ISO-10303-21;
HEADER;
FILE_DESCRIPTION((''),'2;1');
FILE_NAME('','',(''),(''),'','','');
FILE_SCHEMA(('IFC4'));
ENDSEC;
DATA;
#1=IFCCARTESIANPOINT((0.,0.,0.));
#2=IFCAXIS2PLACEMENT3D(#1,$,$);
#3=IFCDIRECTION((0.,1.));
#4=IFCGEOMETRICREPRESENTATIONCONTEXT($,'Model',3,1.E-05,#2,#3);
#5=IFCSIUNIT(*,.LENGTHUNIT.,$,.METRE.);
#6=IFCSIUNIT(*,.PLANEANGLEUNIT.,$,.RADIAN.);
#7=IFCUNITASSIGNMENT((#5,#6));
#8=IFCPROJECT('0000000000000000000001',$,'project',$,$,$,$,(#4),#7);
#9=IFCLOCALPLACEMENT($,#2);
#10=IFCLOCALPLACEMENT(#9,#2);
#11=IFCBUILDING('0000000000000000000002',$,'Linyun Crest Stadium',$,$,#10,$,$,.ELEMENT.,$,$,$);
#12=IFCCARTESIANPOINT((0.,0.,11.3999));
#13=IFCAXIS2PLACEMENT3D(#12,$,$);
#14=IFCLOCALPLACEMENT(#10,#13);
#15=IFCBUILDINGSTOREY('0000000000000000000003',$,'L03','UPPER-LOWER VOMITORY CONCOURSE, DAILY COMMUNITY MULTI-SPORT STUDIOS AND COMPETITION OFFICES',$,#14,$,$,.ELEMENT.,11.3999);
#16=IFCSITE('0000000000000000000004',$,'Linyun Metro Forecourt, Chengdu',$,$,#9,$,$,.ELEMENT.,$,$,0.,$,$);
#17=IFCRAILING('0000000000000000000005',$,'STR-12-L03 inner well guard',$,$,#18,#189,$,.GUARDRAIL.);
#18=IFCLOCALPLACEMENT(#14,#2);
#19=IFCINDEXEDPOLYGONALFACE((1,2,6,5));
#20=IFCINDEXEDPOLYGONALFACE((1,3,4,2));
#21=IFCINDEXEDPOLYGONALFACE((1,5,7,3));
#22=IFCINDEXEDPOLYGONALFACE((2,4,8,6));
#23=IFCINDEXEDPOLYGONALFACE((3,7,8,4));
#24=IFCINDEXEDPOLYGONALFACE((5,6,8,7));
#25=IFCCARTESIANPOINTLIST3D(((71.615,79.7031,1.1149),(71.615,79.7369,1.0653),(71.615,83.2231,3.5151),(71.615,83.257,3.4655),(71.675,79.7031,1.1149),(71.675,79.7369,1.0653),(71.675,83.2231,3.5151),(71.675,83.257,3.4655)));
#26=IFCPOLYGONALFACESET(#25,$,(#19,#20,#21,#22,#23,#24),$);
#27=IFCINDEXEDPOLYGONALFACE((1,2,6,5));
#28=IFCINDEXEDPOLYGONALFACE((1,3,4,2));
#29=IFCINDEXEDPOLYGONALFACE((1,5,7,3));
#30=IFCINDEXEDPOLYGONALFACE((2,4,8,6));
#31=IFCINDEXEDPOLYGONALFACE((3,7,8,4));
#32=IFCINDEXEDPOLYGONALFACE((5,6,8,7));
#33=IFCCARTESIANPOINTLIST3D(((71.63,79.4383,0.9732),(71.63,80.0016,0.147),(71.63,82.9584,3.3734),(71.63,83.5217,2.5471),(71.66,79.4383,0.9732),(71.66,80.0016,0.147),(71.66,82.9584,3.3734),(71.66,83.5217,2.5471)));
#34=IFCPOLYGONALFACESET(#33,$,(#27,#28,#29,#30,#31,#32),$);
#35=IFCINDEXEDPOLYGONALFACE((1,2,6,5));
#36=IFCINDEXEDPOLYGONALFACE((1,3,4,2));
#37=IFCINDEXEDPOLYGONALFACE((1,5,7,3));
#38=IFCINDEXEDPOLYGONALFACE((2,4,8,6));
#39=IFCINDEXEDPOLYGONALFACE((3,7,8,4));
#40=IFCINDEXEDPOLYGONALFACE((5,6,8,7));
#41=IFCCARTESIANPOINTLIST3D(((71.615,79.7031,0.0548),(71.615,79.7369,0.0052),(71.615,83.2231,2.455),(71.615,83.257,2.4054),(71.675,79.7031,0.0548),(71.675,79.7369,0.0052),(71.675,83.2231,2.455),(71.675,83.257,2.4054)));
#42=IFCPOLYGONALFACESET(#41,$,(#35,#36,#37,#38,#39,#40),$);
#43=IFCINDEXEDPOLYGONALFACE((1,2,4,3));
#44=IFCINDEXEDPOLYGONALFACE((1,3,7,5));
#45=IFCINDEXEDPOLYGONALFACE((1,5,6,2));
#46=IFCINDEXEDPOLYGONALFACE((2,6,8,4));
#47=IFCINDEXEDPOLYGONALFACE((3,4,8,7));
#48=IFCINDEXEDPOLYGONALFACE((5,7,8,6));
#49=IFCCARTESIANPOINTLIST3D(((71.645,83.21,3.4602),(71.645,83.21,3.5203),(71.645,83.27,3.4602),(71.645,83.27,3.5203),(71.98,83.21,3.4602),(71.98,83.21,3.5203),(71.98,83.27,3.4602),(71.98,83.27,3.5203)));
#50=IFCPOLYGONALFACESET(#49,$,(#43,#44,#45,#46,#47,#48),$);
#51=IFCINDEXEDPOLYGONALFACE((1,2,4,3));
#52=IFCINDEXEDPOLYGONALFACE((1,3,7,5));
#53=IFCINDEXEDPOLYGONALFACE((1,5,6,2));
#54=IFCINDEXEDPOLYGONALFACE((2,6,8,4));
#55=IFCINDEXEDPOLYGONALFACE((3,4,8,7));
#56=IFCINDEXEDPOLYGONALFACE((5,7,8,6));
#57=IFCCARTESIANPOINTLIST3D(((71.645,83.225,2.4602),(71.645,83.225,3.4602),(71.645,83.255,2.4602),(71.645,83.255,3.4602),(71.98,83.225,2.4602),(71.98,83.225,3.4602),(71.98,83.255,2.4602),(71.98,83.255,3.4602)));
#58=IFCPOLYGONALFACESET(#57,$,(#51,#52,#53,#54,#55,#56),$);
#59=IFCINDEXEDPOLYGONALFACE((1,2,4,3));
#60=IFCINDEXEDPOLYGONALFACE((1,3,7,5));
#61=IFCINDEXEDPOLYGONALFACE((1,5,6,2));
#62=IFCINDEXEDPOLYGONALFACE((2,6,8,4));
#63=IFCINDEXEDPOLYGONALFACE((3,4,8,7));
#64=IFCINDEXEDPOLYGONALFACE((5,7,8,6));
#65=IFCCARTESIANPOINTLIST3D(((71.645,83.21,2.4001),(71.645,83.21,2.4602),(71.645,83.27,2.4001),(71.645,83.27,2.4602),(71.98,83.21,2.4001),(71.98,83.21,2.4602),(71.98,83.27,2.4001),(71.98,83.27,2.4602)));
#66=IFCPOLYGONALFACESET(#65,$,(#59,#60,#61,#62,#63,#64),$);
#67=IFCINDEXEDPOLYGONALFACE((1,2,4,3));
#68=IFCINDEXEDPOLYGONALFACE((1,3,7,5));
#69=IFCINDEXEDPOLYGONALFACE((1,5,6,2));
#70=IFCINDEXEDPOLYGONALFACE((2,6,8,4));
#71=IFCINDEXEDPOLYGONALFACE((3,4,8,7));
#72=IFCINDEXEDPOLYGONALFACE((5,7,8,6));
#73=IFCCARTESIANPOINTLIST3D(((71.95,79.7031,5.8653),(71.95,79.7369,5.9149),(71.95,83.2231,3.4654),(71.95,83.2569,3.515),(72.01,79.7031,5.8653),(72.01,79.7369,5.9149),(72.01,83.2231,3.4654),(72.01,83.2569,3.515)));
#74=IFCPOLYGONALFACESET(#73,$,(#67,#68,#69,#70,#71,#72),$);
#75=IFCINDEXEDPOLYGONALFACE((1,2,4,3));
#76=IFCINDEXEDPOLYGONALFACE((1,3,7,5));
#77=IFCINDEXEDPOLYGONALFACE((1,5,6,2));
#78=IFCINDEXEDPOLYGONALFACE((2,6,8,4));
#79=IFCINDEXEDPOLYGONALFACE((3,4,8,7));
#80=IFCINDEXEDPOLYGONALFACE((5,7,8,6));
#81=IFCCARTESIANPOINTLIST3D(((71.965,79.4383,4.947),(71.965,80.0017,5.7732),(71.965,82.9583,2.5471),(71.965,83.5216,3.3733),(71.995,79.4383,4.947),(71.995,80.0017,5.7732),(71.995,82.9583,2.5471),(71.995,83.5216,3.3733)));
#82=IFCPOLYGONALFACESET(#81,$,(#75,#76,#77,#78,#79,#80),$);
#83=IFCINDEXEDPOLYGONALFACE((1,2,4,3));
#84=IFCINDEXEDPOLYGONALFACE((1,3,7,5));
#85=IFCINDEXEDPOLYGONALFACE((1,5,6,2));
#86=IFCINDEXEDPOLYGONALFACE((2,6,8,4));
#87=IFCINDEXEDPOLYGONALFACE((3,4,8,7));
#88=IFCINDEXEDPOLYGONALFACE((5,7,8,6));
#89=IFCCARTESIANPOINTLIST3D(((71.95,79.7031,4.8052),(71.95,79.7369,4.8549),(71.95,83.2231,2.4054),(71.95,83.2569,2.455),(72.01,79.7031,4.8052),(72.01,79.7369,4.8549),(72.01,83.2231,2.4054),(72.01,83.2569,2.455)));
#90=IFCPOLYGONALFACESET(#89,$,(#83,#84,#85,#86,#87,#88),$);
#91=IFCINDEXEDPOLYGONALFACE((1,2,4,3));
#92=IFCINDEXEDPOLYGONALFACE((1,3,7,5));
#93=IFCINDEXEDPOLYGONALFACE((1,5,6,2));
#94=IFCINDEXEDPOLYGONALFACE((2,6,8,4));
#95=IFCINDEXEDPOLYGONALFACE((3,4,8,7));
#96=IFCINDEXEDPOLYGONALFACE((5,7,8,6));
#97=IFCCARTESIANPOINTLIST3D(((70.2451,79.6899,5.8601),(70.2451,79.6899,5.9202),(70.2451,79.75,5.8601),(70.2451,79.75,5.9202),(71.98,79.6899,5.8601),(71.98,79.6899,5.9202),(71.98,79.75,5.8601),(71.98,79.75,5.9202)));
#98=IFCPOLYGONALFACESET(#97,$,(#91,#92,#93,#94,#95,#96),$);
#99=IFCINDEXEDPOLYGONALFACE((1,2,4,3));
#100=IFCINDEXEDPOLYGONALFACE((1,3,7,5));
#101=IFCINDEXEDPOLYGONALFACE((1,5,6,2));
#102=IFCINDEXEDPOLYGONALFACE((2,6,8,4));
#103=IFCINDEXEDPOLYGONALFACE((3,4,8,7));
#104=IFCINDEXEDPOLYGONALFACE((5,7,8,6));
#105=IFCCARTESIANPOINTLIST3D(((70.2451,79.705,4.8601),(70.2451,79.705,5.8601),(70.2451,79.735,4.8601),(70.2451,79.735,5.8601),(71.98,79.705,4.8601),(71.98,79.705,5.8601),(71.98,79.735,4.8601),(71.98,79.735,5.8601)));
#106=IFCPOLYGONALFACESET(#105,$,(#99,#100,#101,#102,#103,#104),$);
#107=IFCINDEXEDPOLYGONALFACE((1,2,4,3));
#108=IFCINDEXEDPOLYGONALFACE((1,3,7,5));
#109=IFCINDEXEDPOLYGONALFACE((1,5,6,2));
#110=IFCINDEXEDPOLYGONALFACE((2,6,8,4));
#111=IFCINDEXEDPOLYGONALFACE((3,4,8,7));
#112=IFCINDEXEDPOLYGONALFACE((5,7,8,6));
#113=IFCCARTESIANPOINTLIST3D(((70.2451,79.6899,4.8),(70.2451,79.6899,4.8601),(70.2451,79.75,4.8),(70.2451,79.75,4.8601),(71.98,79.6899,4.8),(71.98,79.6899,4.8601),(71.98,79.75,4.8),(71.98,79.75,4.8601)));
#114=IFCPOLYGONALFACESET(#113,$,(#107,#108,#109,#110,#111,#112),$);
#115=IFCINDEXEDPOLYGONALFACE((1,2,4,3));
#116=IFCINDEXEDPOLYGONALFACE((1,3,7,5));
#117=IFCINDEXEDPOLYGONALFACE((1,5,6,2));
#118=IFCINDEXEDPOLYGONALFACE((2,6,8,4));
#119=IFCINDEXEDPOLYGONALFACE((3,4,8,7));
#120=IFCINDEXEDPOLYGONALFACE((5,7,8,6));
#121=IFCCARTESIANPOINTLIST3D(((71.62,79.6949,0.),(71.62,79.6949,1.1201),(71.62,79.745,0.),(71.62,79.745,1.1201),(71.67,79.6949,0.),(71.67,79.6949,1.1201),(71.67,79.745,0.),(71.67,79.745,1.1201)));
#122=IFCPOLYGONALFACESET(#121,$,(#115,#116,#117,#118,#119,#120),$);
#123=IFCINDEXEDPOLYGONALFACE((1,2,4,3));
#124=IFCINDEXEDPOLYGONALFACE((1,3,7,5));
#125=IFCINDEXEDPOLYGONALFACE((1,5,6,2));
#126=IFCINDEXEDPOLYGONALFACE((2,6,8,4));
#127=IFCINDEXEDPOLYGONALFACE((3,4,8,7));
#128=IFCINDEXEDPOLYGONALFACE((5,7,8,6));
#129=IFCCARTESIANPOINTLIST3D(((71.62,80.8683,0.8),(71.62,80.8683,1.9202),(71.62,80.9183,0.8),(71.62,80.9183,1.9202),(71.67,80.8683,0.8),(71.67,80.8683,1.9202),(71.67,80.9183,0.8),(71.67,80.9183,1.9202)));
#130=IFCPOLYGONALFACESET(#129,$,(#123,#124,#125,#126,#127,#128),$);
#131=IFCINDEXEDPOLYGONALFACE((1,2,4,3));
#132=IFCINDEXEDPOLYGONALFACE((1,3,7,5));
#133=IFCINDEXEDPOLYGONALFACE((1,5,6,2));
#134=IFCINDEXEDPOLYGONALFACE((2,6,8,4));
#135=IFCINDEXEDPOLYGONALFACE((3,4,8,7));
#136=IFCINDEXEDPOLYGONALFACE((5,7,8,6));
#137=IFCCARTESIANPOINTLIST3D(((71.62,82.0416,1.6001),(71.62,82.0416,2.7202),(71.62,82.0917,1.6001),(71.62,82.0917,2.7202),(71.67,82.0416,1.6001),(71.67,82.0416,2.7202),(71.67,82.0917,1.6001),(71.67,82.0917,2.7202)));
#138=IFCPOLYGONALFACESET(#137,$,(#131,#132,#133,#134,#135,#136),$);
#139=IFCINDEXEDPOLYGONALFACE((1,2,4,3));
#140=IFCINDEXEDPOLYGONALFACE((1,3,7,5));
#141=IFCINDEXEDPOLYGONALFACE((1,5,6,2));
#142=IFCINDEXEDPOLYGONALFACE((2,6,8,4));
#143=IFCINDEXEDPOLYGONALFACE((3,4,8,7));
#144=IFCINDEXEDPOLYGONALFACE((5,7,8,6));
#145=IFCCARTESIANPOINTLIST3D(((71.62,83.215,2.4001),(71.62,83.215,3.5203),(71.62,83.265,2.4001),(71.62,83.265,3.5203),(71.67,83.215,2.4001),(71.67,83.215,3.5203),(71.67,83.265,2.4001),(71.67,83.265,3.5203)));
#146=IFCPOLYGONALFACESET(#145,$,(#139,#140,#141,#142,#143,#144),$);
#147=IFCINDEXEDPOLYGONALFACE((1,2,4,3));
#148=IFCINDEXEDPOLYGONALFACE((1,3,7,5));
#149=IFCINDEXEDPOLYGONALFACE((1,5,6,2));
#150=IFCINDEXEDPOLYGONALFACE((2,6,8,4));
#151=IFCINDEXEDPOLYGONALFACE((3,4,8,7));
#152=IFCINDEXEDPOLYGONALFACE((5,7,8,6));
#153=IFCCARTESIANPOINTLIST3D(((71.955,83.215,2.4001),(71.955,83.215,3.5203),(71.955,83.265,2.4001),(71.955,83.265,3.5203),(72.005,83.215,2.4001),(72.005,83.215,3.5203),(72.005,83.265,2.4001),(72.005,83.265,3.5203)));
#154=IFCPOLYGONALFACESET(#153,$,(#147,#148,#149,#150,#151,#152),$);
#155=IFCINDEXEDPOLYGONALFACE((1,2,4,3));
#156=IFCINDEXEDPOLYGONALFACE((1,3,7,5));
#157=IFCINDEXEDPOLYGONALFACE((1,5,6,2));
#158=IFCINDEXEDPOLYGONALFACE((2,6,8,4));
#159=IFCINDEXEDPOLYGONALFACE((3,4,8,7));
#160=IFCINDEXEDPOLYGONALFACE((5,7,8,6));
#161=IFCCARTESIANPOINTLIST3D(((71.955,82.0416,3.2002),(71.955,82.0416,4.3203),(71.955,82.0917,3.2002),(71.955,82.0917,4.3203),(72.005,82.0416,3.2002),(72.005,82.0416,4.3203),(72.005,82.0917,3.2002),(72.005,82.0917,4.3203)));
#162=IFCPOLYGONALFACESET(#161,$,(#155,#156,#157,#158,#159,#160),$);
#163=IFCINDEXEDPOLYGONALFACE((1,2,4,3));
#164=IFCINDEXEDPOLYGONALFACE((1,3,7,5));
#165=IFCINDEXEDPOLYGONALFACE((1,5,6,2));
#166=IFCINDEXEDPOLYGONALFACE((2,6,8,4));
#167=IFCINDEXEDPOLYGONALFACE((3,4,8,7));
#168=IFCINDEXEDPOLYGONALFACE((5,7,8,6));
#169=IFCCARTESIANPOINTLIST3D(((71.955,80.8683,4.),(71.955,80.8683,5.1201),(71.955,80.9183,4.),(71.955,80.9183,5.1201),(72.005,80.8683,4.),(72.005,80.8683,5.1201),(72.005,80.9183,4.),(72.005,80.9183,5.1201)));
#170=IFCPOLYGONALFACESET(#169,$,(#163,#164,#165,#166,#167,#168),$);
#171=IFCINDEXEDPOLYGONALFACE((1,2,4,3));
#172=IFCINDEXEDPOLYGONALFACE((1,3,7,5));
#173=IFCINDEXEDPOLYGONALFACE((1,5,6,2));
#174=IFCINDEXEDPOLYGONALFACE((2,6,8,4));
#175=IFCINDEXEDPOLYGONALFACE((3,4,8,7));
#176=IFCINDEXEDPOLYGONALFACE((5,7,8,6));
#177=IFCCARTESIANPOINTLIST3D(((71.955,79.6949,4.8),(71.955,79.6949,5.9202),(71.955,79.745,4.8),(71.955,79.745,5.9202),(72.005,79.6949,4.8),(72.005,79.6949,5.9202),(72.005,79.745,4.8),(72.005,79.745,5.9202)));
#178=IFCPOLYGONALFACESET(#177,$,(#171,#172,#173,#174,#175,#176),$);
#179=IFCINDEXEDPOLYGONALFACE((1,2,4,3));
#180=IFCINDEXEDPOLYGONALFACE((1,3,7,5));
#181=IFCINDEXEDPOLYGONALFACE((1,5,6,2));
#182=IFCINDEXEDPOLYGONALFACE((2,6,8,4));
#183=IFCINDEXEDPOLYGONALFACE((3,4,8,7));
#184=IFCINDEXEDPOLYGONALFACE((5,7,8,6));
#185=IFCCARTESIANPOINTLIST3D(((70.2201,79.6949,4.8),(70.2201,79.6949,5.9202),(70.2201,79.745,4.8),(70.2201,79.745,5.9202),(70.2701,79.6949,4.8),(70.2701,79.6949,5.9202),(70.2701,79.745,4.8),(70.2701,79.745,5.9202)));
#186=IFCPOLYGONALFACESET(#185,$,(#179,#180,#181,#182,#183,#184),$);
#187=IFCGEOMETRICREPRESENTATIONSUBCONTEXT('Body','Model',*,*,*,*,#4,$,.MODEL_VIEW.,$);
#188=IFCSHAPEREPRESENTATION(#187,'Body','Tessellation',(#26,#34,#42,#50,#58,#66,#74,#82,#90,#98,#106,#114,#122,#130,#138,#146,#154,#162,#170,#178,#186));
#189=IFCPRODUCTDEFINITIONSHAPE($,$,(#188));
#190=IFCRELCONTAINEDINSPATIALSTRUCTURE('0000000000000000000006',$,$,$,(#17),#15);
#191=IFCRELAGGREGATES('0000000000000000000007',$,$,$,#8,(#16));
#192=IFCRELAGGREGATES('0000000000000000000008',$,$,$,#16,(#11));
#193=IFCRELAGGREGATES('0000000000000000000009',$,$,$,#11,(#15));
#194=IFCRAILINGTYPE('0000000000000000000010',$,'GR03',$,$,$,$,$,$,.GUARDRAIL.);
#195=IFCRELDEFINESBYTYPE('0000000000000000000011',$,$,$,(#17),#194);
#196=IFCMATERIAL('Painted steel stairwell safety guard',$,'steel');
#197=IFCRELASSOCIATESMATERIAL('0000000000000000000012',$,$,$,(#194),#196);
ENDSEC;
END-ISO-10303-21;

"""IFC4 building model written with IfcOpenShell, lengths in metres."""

from ifc_helpers import new_model, si_unit, direction, frame, origin, origin_2d, place, context, subcontext, project, spatial, rectangle, extrude, material, type_object, element, save


model = new_model("IFC4")

# Units and contexts
model_context = context("Model", 3, precision=1e-05, world=origin(), true_north=direction((0.0, 1.0)))
body_context = subcontext(model_context, "Body", "Model", "MODEL_VIEW")
ifc_project = project(units=[si_unit("LENGTHUNIT", "METRE"), si_unit("PLANEANGLEUNIT", "RADIAN")], contexts=[model_context])

# Site, building, storey
site_placement = place(None, origin())
site = spatial("IfcSite", under=ifc_project, at=site_placement, Name="Linyun Metro Forecourt, Chengdu", CompositionType="ELEMENT", RefElevation=0.0)
building_placement = place(site_placement, origin())
building = spatial("IfcBuilding", under=site, at=building_placement, Name="Linyun Crest Stadium", CompositionType="ELEMENT")
storey_placement = place(building_placement, frame((0.0, 0.0, 11.3999)))
storey = spatial("IfcBuildingStorey", under=building, at=storey_placement, Name="L03", Description="UPPER-LOWER VOMITORY CONCOURSE, DAILY COMMUNITY MULTI-SPORT STUDIOS AND COMPETITION OFFICES", CompositionType="ELEMENT", Elevation=11.3999)

# Railing
ifc_material_1 = material(Name="Painted steel stairwell safety guard", Category="steel")
railing_type_1 = type_object("IfcRailingType", Name="GR03", PredefinedType="GUARDRAIL", material=ifc_material_1)
railing_1_placement = place(storey_placement, frame((71.645, 79.72, 0.0)))
element("IfcRailing", 1, at=railing_1_placement, inside=storey, type_object=railing_type_1, Name="STR-12-L03 inner well guard", PredefinedType="GUARDRAIL", context=body_context, shape_type="SweptSolid", body=[
    extrude(rectangle(XDim=0.0601, YDim=0.0601, at=origin_2d()), frame((0.0, 0.0, 1.0901), z_axis=(0.0, 0.826213, 0.563358), x_axis=(-1.0, 0.0, 0.0)), (0.0, 0.0, 1.0), 4.2605),
    extrude(rectangle(XDim=0.03, YDim=1.0, at=origin_2d()), frame((0.0, 0.0, 0.5601), z_axis=(0.0, 0.826213, 0.563358), x_axis=(-1.0, 0.0, 0.0)), (0.0, 0.0, 1.0), 4.2605),
    extrude(rectangle(XDim=0.0601, YDim=0.0601, at=origin_2d()), frame((0.0, 0.0, 0.03), z_axis=(0.0, 0.826213, 0.563358), x_axis=(-1.0, 0.0, 0.0)), (0.0, 0.0, 1.0), 4.2605),
    extrude(rectangle(XDim=0.0601, YDim=0.0601, at=origin_2d()), frame((0.0, 3.52, 3.4902), z_axis=(1.0, 0.0, 0.0), x_axis=(0.0, 1.0, 0.0)), (0.0, 0.0, 1.0), 0.335),
    extrude(rectangle(XDim=0.03, YDim=1.0, at=origin_2d()), frame((0.0, 3.52, 2.9602), z_axis=(1.0, 0.0, 0.0), x_axis=(0.0, 1.0, 0.0)), (0.0, 0.0, 1.0), 0.335),
    extrude(rectangle(XDim=0.0601, YDim=0.0601, at=origin_2d()), frame((0.0, 3.52, 2.4302), z_axis=(1.0, 0.0, 0.0), x_axis=(0.0, 1.0, 0.0)), (0.0, 0.0, 1.0), 0.335),
    extrude(rectangle(XDim=0.0601, YDim=0.0601, at=origin_2d()), frame((0.335, 3.52, 3.4902), z_axis=(0.0, -0.826239, 0.563319), x_axis=(1.0, 0.0, 0.0)), (0.0, 0.0, 1.0), 4.2603),
    extrude(rectangle(XDim=0.03, YDim=1.0, at=origin_2d()), frame((0.335, 3.52, 2.9602), z_axis=(0.0, -0.826239, 0.563319), x_axis=(1.0, 0.0, 0.0)), (0.0, 0.0, 1.0), 4.2603),
    extrude(rectangle(XDim=0.0601, YDim=0.0601, at=origin_2d()), frame((0.335, 3.52, 2.4302), z_axis=(0.0, -0.826239, 0.563319), x_axis=(1.0, 0.0, 0.0)), (0.0, 0.0, 1.0), 4.2603),
    extrude(rectangle(XDim=0.0601, YDim=0.0601, at=origin_2d()), frame((0.335, 0.0, 5.8901), z_axis=(-1.0, 0.0, 0.0), x_axis=(0.0, -1.0, 0.0)), (0.0, 0.0, 1.0), 1.7349),
    extrude(rectangle(XDim=0.03, YDim=1.0, at=origin_2d()), frame((0.335, 0.0, 5.3601), z_axis=(-1.0, 0.0, 0.0), x_axis=(0.0, -1.0, 0.0)), (0.0, 0.0, 1.0), 1.7349),
    extrude(rectangle(XDim=0.0601, YDim=0.0601, at=origin_2d()), frame((0.335, 0.0, 4.8301), z_axis=(-1.0, 0.0, 0.0), x_axis=(0.0, -1.0, 0.0)), (0.0, 0.0, 1.0), 1.7349),
    extrude(rectangle(XDim=0.05, YDim=0.05, at=origin_2d()), origin(), (0.0, 0.0, 1.0), 1.1201),
    extrude(rectangle(XDim=0.05, YDim=0.05, at=origin_2d()), frame((0.0, 1.1733, 0.8)), (0.0, 0.0, 1.0), 1.1201),
    extrude(rectangle(XDim=0.05, YDim=0.05, at=origin_2d()), frame((0.0, 2.3467, 1.6001)), (0.0, 0.0, 1.0), 1.1201),
    extrude(rectangle(XDim=0.05, YDim=0.05, at=origin_2d()), frame((0.0, 3.52, 2.4001)), (0.0, 0.0, 1.0), 1.1201),
    extrude(rectangle(XDim=0.05, YDim=0.05, at=origin_2d()), frame((0.335, 3.52, 2.4001)), (0.0, 0.0, 1.0), 1.1201),
    extrude(rectangle(XDim=0.05, YDim=0.05, at=origin_2d()), frame((0.335, 2.3467, 3.2002)), (0.0, 0.0, 1.0), 1.1201),
    extrude(rectangle(XDim=0.05, YDim=0.05, at=origin_2d()), frame((0.335, 1.1733, 4.0)), (0.0, 0.0, 1.0), 1.1201),
    extrude(rectangle(XDim=0.05, YDim=0.05, at=origin_2d()), frame((0.335, 0.0, 4.8)), (0.0, 0.0, 1.0), 1.1201),
    extrude(rectangle(XDim=0.05, YDim=0.05, at=origin_2d()), frame((-1.3999, 0.0, 4.8)), (0.0, 0.0, 1.0), 1.1201),
])

save(model, "model.ifc")
